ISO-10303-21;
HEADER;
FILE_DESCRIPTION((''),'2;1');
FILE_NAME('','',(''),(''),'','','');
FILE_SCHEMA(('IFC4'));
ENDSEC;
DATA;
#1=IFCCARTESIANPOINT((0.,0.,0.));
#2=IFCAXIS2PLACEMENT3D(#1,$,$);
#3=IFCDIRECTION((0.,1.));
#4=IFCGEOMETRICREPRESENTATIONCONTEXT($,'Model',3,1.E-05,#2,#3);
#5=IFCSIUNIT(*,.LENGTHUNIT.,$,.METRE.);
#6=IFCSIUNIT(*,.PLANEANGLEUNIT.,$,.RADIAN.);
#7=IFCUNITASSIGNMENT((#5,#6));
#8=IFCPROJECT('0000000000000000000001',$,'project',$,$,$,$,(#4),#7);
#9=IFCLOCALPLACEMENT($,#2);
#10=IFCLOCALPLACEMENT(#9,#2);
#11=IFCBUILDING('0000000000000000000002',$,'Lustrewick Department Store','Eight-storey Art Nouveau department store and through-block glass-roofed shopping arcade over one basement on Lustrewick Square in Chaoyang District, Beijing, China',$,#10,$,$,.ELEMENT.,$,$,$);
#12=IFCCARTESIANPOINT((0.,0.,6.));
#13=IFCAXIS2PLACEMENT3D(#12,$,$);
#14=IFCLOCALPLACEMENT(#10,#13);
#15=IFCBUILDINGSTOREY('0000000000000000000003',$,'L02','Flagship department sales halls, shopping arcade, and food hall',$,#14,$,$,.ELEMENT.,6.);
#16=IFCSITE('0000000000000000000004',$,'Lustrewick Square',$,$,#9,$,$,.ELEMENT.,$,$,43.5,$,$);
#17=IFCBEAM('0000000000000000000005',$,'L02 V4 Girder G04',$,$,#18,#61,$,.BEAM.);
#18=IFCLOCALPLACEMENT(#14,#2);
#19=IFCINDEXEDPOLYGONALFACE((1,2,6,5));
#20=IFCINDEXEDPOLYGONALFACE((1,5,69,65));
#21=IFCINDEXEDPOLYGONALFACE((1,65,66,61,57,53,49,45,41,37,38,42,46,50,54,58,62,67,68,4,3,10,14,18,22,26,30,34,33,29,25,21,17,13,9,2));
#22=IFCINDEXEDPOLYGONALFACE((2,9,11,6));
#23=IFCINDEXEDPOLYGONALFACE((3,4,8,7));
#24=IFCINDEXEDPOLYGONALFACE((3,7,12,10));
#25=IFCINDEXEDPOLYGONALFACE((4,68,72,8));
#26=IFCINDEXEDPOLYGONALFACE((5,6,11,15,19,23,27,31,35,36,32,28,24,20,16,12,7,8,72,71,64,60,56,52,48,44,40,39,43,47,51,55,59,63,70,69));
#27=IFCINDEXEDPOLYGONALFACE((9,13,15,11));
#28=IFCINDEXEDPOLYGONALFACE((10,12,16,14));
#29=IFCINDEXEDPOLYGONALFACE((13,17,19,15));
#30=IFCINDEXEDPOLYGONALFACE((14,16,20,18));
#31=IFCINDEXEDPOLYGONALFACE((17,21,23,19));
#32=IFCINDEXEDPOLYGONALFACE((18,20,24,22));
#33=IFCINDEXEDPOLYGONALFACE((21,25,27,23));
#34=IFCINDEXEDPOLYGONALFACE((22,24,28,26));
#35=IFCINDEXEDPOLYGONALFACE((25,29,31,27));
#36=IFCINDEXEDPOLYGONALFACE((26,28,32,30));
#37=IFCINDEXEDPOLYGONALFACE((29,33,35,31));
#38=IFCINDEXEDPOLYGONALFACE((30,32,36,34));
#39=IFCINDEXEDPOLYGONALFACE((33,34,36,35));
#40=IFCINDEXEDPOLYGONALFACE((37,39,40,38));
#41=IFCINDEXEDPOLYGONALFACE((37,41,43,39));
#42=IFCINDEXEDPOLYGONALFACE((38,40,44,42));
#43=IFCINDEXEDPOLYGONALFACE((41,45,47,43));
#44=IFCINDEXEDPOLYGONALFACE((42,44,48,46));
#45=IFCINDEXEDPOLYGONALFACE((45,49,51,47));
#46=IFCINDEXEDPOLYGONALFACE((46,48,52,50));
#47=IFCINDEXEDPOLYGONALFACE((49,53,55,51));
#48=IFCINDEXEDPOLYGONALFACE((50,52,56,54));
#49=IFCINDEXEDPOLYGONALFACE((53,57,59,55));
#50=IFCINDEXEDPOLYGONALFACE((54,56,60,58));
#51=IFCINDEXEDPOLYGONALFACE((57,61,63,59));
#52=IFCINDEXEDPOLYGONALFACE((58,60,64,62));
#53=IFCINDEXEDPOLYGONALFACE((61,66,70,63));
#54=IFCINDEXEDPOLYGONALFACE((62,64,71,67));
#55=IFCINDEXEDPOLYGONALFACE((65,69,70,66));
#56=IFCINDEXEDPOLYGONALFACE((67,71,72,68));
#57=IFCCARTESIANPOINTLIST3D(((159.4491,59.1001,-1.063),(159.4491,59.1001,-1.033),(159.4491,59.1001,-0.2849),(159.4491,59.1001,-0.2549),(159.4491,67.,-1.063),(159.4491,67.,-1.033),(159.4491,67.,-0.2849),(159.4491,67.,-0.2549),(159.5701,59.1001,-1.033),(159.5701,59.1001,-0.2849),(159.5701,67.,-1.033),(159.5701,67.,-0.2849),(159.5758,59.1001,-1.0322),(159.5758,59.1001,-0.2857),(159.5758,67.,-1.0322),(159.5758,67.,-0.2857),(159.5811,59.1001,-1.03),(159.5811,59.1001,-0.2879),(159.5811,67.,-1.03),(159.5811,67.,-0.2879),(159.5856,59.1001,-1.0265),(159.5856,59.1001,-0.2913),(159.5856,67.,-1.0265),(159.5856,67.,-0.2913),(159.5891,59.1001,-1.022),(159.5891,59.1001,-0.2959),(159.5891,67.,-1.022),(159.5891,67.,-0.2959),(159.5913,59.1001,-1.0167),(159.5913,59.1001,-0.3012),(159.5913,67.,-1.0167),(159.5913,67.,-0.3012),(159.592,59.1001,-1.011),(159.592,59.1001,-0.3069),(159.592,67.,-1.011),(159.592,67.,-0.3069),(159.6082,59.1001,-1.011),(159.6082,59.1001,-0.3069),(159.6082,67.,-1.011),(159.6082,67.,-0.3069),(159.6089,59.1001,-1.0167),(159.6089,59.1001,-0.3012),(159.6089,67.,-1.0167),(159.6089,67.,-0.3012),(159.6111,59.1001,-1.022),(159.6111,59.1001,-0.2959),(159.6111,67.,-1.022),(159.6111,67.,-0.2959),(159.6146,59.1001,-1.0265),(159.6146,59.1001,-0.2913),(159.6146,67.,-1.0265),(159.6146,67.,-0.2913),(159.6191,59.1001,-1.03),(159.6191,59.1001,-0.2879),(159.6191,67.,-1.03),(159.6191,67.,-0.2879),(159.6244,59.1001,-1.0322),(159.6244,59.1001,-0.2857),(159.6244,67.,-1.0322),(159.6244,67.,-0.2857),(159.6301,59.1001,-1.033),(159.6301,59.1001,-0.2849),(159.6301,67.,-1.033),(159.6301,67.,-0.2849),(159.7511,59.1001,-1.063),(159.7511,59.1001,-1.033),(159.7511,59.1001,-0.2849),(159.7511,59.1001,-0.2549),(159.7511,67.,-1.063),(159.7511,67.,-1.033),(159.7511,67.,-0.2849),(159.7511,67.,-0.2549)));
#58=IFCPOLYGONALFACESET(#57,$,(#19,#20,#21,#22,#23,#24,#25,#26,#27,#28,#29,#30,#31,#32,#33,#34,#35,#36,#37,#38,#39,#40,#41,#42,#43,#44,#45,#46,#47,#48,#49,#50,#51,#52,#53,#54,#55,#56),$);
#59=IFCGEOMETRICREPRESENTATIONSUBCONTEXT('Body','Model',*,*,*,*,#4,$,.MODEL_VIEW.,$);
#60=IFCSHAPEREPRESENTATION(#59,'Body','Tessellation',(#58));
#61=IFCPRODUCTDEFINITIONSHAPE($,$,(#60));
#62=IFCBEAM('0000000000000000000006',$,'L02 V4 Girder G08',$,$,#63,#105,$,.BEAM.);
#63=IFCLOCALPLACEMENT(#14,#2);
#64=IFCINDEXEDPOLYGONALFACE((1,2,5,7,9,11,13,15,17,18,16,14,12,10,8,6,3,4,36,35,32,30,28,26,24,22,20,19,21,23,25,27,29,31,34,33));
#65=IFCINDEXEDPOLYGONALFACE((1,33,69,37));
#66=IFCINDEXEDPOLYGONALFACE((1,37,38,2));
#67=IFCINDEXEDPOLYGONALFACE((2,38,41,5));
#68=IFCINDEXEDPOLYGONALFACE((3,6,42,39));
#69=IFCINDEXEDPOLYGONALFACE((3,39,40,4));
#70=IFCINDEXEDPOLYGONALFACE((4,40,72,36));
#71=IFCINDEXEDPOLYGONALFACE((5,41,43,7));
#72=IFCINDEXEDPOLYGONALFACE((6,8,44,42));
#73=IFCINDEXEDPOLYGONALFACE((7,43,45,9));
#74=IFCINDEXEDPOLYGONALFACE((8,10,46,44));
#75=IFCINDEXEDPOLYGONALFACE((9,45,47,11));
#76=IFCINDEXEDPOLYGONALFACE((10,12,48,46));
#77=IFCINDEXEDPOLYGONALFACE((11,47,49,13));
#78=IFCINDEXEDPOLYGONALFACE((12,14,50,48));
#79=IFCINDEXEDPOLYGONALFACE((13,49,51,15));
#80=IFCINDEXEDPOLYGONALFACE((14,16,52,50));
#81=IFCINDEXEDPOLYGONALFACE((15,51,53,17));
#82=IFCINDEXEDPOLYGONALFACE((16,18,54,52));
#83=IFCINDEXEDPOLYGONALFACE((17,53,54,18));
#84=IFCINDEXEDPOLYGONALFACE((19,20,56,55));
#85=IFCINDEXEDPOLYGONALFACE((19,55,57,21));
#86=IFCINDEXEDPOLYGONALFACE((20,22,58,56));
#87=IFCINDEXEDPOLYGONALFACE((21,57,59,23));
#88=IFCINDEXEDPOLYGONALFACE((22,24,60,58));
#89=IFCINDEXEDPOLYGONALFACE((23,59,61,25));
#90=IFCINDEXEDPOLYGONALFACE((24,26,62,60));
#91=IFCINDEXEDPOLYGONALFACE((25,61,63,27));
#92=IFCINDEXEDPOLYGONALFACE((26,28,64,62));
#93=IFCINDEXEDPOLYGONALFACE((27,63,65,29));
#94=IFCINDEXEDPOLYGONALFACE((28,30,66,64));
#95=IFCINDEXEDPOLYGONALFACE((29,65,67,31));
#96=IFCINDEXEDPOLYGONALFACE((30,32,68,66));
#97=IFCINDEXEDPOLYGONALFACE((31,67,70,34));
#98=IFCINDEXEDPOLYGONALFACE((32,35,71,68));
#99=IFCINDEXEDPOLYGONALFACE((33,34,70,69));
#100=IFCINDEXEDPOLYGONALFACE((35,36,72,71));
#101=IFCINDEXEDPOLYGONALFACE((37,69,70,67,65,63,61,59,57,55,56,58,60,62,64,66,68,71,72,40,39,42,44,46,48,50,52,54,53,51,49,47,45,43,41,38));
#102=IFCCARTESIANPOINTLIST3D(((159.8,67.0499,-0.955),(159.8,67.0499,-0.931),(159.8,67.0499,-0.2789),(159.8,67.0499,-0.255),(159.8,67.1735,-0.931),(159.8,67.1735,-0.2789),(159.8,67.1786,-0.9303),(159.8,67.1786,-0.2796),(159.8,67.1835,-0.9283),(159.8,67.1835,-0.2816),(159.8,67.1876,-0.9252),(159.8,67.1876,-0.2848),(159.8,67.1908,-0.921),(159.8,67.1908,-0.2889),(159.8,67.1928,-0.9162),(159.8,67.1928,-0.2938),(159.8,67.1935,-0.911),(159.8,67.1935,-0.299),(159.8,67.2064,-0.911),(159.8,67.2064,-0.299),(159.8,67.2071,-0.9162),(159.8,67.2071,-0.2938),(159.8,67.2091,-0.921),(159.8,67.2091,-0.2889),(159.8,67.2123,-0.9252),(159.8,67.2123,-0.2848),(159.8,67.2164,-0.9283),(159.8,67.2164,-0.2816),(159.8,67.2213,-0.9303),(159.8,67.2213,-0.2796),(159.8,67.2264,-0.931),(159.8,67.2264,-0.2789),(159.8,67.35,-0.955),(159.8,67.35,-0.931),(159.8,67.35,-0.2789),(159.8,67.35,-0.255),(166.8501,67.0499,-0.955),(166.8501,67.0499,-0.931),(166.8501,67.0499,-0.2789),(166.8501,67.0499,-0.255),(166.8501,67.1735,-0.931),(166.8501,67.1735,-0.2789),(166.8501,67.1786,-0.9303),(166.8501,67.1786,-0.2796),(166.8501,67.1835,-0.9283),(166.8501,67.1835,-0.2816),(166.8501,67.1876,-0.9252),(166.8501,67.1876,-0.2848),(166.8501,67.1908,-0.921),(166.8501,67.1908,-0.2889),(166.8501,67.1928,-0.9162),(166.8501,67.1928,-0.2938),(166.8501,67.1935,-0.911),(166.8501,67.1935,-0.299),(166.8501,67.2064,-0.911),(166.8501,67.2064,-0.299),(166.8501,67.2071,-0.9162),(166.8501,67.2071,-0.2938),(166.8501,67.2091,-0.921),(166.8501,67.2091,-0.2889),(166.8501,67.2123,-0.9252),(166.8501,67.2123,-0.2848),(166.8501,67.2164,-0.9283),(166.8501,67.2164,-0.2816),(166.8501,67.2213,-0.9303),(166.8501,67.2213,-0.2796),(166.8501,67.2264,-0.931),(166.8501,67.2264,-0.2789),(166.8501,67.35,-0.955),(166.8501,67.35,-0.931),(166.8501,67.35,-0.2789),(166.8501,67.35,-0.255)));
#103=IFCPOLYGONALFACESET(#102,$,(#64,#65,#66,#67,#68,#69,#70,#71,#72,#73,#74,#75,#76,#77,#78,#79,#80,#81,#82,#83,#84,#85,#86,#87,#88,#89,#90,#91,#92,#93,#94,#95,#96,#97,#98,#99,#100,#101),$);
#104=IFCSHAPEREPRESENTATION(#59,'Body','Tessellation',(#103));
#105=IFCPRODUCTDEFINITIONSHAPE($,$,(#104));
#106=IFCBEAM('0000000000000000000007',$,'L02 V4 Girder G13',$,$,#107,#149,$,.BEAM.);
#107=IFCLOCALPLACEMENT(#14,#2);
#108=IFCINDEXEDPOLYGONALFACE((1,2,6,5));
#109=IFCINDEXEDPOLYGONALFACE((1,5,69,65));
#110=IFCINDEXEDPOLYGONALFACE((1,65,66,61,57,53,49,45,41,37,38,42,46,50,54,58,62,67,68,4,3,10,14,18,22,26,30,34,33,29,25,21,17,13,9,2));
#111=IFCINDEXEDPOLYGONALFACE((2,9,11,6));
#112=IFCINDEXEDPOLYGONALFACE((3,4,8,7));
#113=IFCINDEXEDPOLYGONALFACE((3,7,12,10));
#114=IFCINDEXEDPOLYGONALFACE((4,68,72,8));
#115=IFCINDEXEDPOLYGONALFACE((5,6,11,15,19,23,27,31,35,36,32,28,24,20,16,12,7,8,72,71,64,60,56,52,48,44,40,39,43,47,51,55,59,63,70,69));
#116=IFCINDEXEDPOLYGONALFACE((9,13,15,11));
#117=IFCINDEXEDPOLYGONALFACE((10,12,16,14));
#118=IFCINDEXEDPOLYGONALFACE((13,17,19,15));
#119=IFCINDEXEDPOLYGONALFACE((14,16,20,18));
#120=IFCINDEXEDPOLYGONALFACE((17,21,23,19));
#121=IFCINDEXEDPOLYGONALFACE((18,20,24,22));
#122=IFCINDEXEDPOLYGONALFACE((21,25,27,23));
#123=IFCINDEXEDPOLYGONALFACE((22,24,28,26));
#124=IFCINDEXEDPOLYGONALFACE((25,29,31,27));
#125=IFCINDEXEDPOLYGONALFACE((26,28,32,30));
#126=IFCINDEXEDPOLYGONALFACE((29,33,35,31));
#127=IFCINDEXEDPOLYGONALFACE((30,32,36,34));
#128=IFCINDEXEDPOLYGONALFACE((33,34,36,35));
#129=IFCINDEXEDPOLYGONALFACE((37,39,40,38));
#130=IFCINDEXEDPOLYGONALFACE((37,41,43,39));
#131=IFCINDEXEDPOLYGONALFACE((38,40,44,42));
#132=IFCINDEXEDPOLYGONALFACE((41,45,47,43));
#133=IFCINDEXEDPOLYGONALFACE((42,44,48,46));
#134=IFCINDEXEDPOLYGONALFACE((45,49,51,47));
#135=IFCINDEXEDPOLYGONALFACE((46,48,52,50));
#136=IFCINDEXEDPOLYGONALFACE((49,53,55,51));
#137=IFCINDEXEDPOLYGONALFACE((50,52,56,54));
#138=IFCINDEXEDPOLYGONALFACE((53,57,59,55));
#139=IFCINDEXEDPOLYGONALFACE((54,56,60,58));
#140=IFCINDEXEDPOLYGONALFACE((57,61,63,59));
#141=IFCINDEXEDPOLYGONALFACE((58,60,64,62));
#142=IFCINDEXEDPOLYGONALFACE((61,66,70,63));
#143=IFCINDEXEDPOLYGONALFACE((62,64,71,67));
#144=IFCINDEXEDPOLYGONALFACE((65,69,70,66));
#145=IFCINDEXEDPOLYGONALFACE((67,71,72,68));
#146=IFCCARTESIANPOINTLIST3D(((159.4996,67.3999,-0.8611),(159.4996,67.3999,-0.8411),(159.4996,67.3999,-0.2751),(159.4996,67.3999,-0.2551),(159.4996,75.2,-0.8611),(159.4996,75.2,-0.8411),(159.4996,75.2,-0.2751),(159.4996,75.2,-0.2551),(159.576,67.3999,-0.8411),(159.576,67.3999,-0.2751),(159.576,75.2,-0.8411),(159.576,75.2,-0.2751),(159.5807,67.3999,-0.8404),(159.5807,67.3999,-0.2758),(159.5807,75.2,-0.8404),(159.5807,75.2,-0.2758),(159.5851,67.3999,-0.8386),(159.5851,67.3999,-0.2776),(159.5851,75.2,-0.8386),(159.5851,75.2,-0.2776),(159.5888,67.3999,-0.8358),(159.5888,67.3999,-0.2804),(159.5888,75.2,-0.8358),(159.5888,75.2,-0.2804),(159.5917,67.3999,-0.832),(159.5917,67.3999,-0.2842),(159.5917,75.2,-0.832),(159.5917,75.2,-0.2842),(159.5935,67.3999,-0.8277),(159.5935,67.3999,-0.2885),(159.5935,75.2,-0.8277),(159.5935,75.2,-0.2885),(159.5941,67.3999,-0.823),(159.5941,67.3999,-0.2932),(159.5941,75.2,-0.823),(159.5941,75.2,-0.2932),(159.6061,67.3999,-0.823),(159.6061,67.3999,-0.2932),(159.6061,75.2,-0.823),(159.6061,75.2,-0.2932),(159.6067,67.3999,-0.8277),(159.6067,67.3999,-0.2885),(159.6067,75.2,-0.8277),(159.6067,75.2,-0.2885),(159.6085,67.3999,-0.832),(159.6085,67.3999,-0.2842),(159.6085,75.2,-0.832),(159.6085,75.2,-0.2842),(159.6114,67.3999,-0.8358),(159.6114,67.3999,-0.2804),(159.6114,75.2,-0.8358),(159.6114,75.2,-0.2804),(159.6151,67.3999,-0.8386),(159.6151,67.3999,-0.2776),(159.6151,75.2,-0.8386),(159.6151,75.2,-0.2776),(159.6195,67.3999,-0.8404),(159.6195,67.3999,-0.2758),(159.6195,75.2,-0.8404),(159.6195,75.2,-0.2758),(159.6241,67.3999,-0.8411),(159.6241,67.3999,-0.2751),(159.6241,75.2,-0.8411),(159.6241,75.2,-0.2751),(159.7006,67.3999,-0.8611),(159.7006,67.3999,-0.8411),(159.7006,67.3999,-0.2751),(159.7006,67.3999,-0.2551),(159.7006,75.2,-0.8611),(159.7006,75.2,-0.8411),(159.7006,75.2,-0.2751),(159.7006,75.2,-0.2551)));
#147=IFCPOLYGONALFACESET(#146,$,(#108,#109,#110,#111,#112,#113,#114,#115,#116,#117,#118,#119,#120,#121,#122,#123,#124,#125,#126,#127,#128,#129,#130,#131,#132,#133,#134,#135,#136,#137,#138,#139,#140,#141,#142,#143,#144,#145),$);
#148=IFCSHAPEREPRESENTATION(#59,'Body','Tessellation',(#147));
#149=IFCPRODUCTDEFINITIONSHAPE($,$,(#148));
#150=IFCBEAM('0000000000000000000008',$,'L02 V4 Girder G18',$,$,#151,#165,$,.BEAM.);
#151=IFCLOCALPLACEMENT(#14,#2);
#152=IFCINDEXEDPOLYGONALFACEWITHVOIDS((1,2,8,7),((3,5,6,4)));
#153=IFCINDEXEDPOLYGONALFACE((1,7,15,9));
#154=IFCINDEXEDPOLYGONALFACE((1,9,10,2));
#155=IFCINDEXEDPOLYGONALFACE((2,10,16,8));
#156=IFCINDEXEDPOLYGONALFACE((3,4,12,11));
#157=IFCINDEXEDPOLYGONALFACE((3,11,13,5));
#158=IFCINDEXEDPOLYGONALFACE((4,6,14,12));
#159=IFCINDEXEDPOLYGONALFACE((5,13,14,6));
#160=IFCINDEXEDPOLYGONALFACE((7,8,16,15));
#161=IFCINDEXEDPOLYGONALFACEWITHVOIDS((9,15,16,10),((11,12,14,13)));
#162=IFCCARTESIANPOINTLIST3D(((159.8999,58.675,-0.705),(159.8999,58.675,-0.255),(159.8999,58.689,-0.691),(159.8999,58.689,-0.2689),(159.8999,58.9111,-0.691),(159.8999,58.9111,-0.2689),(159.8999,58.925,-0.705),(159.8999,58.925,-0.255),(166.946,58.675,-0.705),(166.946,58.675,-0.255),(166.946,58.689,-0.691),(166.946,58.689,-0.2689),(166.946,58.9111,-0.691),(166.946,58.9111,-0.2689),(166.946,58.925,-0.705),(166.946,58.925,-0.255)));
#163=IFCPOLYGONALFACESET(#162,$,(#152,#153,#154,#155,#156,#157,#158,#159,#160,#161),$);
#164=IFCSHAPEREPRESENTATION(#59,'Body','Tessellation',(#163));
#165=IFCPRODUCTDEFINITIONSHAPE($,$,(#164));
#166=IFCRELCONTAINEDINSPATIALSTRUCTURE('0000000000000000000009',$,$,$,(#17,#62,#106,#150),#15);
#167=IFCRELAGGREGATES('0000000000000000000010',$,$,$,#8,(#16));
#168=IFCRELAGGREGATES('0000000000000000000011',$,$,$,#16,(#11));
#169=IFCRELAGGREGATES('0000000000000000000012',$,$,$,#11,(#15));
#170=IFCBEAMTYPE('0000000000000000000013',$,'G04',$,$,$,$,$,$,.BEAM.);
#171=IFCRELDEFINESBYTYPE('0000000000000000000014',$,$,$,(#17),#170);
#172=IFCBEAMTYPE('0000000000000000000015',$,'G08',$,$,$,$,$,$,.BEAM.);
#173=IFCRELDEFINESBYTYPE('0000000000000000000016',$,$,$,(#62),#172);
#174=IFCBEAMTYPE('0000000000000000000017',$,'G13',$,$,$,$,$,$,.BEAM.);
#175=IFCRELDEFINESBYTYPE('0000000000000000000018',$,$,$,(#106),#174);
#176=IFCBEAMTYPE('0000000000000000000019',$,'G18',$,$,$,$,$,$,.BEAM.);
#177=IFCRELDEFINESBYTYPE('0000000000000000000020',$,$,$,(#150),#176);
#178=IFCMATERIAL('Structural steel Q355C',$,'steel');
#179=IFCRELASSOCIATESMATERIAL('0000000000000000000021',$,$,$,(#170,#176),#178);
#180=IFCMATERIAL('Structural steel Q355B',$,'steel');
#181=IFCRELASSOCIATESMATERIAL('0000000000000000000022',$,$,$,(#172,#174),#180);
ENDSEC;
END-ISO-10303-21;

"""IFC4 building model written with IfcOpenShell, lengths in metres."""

from ifc_helpers import new_model, si_unit, direction, frame, origin, origin_2d, place, context, subcontext, project, spatial, hollow_rectangle, i_section, extrude, material, material_profile, profile_set, type_object, element, save


model = new_model("IFC4")

# Units and contexts
model_context = context("Model", 3, precision=1e-05, world=origin(), true_north=direction((0.0, 1.0)))
body_context = subcontext(model_context, "Body", "Model", "MODEL_VIEW")
ifc_project = project(units=[si_unit("LENGTHUNIT", "METRE"), si_unit("PLANEANGLEUNIT", "RADIAN")], contexts=[model_context])

# Site, building, storey
site_placement = place(None, origin())
site = spatial("IfcSite", under=ifc_project, at=site_placement, Name="Lustrewick Square", CompositionType="ELEMENT", RefElevation=43.5)
building_placement = place(site_placement, origin())
building = spatial("IfcBuilding", under=site, at=building_placement, Name="Lustrewick Department Store", Description="Eight-storey Art Nouveau department store and through-block glass-roofed shopping arcade over one basement on Lustrewick Square in Chaoyang District, Beijing, China", CompositionType="ELEMENT")
storey_placement = place(building_placement, frame((0.0, 0.0, 6.0)))
storey = spatial("IfcBuildingStorey", under=building, at=storey_placement, Name="L02", Description="Flagship department sales halls, shopping arcade, and food hall", CompositionType="ELEMENT", Elevation=6.0)

# Shared definitions
ifc_material_1 = material(Name="Structural steel Q355C", Category="steel")

# Shared definitions
ifc_material_2 = material(Name="Structural steel Q355B", Category="steel")

# Beams
ifc_material_profile_1 = material_profile(ifc_material_1, i_section(OverallWidth=0.302, OverallDepth=0.8081, WebThickness=0.0161, FlangeThickness=0.03, FilletRadius=0.022, at=origin_2d()), Name="HN 808x302x16x30")
ifc_profile_set_1 = profile_set([ifc_material_profile_1], Name="Structural steel Q355C")
beam_type_1 = type_object("IfcBeamType", Name="G04", PredefinedType="BEAM", material=ifc_profile_set_1)
beam_1_placement = place(storey_placement, frame((159.6001, 59.1001, -0.6589), z_axis=(0.0, 1.0, 0.0), x_axis=(-1.0, 0.0, 0.0)))
element("IfcBeam", 1, at=beam_1_placement, inside=storey, type_object=beam_type_1, Name="L02 V4 Girder G04", PredefinedType="BEAM", context=body_context, shape_type="SweptSolid", body=[
    extrude(i_section(OverallWidth=0.302, OverallDepth=0.8081, WebThickness=0.0161, FlangeThickness=0.03, FilletRadius=0.022, at=origin_2d()), origin(), (0.0, 0.0, 1.0), 7.8999),
])
ifc_material_profile_2 = material_profile(ifc_material_2, i_section(OverallWidth=0.3, OverallDepth=0.7, WebThickness=0.0129, FlangeThickness=0.0239, FilletRadius=0.02, at=origin_2d()), Name="HN 700x300x13x24")
ifc_profile_set_2 = profile_set([ifc_material_profile_2], Name="Structural steel Q355B")
beam_type_2 = type_object("IfcBeamType", Name="G08", PredefinedType="BEAM", material=ifc_profile_set_2)
beam_2_placement = place(storey_placement, frame((159.8, 67.2, -0.605), z_axis=(1.0, 0.0, 0.0), x_axis=(0.0, 1.0, 0.0)))
element("IfcBeam", 2, at=beam_2_placement, inside=storey, type_object=beam_type_2, Name="L02 V4 Girder G08", PredefinedType="BEAM", context=body_context, shape_type="SweptSolid", body=[
    extrude(i_section(OverallWidth=0.3, OverallDepth=0.7, WebThickness=0.0129, FlangeThickness=0.0239, FilletRadius=0.02, at=origin_2d()), origin(), (0.0, 0.0, 1.0), 7.05),
])
ifc_material_profile_3 = material_profile(ifc_material_2, i_section(OverallWidth=0.2009, OverallDepth=0.606, WebThickness=0.012, FlangeThickness=0.02, FilletRadius=0.0181, at=origin_2d()), Name="HN 606x201x12x20")
ifc_profile_set_3 = profile_set([ifc_material_profile_3], Name="Structural steel Q355B")
beam_type_3 = type_object("IfcBeamType", Name="G13", PredefinedType="BEAM", material=ifc_profile_set_3)
beam_3_placement = place(storey_placement, frame((159.6001, 67.3999, -0.5581), z_axis=(0.0, 1.0, 0.0), x_axis=(-1.0, 0.0, 0.0)))
element("IfcBeam", 3, at=beam_3_placement, inside=storey, type_object=beam_type_3, Name="L02 V4 Girder G13", PredefinedType="BEAM", context=body_context, shape_type="SweptSolid", body=[
    extrude(i_section(OverallWidth=0.2009, OverallDepth=0.606, WebThickness=0.012, FlangeThickness=0.02, FilletRadius=0.0181, at=origin_2d()), origin(), (0.0, 0.0, 1.0), 7.8),
])
ifc_material_profile_4 = material_profile(ifc_material_1, hollow_rectangle(XDim=0.25, YDim=0.45, WallThickness=0.0139, at=origin_2d()), Name="RHS 450x250x14")
ifc_profile_set_4 = profile_set([ifc_material_profile_4], Name="Structural steel Q355C")
beam_type_4 = type_object("IfcBeamType", Name="G18", PredefinedType="BEAM", material=ifc_profile_set_4)
beam_4_placement = place(storey_placement, frame((159.8999, 58.8, -0.48), z_axis=(1.0, 0.0, 0.0), x_axis=(0.0, 1.0, 0.0)))
element("IfcBeam", 4, at=beam_4_placement, inside=storey, type_object=beam_type_4, Name="L02 V4 Girder G18", PredefinedType="BEAM", context=body_context, shape_type="SweptSolid", body=[
    extrude(hollow_rectangle(XDim=0.25, YDim=0.45, WallThickness=0.0139, at=origin_2d()), origin(), (0.0, 0.0, 1.0), 7.0461),
])

save(model, "model.ifc")
